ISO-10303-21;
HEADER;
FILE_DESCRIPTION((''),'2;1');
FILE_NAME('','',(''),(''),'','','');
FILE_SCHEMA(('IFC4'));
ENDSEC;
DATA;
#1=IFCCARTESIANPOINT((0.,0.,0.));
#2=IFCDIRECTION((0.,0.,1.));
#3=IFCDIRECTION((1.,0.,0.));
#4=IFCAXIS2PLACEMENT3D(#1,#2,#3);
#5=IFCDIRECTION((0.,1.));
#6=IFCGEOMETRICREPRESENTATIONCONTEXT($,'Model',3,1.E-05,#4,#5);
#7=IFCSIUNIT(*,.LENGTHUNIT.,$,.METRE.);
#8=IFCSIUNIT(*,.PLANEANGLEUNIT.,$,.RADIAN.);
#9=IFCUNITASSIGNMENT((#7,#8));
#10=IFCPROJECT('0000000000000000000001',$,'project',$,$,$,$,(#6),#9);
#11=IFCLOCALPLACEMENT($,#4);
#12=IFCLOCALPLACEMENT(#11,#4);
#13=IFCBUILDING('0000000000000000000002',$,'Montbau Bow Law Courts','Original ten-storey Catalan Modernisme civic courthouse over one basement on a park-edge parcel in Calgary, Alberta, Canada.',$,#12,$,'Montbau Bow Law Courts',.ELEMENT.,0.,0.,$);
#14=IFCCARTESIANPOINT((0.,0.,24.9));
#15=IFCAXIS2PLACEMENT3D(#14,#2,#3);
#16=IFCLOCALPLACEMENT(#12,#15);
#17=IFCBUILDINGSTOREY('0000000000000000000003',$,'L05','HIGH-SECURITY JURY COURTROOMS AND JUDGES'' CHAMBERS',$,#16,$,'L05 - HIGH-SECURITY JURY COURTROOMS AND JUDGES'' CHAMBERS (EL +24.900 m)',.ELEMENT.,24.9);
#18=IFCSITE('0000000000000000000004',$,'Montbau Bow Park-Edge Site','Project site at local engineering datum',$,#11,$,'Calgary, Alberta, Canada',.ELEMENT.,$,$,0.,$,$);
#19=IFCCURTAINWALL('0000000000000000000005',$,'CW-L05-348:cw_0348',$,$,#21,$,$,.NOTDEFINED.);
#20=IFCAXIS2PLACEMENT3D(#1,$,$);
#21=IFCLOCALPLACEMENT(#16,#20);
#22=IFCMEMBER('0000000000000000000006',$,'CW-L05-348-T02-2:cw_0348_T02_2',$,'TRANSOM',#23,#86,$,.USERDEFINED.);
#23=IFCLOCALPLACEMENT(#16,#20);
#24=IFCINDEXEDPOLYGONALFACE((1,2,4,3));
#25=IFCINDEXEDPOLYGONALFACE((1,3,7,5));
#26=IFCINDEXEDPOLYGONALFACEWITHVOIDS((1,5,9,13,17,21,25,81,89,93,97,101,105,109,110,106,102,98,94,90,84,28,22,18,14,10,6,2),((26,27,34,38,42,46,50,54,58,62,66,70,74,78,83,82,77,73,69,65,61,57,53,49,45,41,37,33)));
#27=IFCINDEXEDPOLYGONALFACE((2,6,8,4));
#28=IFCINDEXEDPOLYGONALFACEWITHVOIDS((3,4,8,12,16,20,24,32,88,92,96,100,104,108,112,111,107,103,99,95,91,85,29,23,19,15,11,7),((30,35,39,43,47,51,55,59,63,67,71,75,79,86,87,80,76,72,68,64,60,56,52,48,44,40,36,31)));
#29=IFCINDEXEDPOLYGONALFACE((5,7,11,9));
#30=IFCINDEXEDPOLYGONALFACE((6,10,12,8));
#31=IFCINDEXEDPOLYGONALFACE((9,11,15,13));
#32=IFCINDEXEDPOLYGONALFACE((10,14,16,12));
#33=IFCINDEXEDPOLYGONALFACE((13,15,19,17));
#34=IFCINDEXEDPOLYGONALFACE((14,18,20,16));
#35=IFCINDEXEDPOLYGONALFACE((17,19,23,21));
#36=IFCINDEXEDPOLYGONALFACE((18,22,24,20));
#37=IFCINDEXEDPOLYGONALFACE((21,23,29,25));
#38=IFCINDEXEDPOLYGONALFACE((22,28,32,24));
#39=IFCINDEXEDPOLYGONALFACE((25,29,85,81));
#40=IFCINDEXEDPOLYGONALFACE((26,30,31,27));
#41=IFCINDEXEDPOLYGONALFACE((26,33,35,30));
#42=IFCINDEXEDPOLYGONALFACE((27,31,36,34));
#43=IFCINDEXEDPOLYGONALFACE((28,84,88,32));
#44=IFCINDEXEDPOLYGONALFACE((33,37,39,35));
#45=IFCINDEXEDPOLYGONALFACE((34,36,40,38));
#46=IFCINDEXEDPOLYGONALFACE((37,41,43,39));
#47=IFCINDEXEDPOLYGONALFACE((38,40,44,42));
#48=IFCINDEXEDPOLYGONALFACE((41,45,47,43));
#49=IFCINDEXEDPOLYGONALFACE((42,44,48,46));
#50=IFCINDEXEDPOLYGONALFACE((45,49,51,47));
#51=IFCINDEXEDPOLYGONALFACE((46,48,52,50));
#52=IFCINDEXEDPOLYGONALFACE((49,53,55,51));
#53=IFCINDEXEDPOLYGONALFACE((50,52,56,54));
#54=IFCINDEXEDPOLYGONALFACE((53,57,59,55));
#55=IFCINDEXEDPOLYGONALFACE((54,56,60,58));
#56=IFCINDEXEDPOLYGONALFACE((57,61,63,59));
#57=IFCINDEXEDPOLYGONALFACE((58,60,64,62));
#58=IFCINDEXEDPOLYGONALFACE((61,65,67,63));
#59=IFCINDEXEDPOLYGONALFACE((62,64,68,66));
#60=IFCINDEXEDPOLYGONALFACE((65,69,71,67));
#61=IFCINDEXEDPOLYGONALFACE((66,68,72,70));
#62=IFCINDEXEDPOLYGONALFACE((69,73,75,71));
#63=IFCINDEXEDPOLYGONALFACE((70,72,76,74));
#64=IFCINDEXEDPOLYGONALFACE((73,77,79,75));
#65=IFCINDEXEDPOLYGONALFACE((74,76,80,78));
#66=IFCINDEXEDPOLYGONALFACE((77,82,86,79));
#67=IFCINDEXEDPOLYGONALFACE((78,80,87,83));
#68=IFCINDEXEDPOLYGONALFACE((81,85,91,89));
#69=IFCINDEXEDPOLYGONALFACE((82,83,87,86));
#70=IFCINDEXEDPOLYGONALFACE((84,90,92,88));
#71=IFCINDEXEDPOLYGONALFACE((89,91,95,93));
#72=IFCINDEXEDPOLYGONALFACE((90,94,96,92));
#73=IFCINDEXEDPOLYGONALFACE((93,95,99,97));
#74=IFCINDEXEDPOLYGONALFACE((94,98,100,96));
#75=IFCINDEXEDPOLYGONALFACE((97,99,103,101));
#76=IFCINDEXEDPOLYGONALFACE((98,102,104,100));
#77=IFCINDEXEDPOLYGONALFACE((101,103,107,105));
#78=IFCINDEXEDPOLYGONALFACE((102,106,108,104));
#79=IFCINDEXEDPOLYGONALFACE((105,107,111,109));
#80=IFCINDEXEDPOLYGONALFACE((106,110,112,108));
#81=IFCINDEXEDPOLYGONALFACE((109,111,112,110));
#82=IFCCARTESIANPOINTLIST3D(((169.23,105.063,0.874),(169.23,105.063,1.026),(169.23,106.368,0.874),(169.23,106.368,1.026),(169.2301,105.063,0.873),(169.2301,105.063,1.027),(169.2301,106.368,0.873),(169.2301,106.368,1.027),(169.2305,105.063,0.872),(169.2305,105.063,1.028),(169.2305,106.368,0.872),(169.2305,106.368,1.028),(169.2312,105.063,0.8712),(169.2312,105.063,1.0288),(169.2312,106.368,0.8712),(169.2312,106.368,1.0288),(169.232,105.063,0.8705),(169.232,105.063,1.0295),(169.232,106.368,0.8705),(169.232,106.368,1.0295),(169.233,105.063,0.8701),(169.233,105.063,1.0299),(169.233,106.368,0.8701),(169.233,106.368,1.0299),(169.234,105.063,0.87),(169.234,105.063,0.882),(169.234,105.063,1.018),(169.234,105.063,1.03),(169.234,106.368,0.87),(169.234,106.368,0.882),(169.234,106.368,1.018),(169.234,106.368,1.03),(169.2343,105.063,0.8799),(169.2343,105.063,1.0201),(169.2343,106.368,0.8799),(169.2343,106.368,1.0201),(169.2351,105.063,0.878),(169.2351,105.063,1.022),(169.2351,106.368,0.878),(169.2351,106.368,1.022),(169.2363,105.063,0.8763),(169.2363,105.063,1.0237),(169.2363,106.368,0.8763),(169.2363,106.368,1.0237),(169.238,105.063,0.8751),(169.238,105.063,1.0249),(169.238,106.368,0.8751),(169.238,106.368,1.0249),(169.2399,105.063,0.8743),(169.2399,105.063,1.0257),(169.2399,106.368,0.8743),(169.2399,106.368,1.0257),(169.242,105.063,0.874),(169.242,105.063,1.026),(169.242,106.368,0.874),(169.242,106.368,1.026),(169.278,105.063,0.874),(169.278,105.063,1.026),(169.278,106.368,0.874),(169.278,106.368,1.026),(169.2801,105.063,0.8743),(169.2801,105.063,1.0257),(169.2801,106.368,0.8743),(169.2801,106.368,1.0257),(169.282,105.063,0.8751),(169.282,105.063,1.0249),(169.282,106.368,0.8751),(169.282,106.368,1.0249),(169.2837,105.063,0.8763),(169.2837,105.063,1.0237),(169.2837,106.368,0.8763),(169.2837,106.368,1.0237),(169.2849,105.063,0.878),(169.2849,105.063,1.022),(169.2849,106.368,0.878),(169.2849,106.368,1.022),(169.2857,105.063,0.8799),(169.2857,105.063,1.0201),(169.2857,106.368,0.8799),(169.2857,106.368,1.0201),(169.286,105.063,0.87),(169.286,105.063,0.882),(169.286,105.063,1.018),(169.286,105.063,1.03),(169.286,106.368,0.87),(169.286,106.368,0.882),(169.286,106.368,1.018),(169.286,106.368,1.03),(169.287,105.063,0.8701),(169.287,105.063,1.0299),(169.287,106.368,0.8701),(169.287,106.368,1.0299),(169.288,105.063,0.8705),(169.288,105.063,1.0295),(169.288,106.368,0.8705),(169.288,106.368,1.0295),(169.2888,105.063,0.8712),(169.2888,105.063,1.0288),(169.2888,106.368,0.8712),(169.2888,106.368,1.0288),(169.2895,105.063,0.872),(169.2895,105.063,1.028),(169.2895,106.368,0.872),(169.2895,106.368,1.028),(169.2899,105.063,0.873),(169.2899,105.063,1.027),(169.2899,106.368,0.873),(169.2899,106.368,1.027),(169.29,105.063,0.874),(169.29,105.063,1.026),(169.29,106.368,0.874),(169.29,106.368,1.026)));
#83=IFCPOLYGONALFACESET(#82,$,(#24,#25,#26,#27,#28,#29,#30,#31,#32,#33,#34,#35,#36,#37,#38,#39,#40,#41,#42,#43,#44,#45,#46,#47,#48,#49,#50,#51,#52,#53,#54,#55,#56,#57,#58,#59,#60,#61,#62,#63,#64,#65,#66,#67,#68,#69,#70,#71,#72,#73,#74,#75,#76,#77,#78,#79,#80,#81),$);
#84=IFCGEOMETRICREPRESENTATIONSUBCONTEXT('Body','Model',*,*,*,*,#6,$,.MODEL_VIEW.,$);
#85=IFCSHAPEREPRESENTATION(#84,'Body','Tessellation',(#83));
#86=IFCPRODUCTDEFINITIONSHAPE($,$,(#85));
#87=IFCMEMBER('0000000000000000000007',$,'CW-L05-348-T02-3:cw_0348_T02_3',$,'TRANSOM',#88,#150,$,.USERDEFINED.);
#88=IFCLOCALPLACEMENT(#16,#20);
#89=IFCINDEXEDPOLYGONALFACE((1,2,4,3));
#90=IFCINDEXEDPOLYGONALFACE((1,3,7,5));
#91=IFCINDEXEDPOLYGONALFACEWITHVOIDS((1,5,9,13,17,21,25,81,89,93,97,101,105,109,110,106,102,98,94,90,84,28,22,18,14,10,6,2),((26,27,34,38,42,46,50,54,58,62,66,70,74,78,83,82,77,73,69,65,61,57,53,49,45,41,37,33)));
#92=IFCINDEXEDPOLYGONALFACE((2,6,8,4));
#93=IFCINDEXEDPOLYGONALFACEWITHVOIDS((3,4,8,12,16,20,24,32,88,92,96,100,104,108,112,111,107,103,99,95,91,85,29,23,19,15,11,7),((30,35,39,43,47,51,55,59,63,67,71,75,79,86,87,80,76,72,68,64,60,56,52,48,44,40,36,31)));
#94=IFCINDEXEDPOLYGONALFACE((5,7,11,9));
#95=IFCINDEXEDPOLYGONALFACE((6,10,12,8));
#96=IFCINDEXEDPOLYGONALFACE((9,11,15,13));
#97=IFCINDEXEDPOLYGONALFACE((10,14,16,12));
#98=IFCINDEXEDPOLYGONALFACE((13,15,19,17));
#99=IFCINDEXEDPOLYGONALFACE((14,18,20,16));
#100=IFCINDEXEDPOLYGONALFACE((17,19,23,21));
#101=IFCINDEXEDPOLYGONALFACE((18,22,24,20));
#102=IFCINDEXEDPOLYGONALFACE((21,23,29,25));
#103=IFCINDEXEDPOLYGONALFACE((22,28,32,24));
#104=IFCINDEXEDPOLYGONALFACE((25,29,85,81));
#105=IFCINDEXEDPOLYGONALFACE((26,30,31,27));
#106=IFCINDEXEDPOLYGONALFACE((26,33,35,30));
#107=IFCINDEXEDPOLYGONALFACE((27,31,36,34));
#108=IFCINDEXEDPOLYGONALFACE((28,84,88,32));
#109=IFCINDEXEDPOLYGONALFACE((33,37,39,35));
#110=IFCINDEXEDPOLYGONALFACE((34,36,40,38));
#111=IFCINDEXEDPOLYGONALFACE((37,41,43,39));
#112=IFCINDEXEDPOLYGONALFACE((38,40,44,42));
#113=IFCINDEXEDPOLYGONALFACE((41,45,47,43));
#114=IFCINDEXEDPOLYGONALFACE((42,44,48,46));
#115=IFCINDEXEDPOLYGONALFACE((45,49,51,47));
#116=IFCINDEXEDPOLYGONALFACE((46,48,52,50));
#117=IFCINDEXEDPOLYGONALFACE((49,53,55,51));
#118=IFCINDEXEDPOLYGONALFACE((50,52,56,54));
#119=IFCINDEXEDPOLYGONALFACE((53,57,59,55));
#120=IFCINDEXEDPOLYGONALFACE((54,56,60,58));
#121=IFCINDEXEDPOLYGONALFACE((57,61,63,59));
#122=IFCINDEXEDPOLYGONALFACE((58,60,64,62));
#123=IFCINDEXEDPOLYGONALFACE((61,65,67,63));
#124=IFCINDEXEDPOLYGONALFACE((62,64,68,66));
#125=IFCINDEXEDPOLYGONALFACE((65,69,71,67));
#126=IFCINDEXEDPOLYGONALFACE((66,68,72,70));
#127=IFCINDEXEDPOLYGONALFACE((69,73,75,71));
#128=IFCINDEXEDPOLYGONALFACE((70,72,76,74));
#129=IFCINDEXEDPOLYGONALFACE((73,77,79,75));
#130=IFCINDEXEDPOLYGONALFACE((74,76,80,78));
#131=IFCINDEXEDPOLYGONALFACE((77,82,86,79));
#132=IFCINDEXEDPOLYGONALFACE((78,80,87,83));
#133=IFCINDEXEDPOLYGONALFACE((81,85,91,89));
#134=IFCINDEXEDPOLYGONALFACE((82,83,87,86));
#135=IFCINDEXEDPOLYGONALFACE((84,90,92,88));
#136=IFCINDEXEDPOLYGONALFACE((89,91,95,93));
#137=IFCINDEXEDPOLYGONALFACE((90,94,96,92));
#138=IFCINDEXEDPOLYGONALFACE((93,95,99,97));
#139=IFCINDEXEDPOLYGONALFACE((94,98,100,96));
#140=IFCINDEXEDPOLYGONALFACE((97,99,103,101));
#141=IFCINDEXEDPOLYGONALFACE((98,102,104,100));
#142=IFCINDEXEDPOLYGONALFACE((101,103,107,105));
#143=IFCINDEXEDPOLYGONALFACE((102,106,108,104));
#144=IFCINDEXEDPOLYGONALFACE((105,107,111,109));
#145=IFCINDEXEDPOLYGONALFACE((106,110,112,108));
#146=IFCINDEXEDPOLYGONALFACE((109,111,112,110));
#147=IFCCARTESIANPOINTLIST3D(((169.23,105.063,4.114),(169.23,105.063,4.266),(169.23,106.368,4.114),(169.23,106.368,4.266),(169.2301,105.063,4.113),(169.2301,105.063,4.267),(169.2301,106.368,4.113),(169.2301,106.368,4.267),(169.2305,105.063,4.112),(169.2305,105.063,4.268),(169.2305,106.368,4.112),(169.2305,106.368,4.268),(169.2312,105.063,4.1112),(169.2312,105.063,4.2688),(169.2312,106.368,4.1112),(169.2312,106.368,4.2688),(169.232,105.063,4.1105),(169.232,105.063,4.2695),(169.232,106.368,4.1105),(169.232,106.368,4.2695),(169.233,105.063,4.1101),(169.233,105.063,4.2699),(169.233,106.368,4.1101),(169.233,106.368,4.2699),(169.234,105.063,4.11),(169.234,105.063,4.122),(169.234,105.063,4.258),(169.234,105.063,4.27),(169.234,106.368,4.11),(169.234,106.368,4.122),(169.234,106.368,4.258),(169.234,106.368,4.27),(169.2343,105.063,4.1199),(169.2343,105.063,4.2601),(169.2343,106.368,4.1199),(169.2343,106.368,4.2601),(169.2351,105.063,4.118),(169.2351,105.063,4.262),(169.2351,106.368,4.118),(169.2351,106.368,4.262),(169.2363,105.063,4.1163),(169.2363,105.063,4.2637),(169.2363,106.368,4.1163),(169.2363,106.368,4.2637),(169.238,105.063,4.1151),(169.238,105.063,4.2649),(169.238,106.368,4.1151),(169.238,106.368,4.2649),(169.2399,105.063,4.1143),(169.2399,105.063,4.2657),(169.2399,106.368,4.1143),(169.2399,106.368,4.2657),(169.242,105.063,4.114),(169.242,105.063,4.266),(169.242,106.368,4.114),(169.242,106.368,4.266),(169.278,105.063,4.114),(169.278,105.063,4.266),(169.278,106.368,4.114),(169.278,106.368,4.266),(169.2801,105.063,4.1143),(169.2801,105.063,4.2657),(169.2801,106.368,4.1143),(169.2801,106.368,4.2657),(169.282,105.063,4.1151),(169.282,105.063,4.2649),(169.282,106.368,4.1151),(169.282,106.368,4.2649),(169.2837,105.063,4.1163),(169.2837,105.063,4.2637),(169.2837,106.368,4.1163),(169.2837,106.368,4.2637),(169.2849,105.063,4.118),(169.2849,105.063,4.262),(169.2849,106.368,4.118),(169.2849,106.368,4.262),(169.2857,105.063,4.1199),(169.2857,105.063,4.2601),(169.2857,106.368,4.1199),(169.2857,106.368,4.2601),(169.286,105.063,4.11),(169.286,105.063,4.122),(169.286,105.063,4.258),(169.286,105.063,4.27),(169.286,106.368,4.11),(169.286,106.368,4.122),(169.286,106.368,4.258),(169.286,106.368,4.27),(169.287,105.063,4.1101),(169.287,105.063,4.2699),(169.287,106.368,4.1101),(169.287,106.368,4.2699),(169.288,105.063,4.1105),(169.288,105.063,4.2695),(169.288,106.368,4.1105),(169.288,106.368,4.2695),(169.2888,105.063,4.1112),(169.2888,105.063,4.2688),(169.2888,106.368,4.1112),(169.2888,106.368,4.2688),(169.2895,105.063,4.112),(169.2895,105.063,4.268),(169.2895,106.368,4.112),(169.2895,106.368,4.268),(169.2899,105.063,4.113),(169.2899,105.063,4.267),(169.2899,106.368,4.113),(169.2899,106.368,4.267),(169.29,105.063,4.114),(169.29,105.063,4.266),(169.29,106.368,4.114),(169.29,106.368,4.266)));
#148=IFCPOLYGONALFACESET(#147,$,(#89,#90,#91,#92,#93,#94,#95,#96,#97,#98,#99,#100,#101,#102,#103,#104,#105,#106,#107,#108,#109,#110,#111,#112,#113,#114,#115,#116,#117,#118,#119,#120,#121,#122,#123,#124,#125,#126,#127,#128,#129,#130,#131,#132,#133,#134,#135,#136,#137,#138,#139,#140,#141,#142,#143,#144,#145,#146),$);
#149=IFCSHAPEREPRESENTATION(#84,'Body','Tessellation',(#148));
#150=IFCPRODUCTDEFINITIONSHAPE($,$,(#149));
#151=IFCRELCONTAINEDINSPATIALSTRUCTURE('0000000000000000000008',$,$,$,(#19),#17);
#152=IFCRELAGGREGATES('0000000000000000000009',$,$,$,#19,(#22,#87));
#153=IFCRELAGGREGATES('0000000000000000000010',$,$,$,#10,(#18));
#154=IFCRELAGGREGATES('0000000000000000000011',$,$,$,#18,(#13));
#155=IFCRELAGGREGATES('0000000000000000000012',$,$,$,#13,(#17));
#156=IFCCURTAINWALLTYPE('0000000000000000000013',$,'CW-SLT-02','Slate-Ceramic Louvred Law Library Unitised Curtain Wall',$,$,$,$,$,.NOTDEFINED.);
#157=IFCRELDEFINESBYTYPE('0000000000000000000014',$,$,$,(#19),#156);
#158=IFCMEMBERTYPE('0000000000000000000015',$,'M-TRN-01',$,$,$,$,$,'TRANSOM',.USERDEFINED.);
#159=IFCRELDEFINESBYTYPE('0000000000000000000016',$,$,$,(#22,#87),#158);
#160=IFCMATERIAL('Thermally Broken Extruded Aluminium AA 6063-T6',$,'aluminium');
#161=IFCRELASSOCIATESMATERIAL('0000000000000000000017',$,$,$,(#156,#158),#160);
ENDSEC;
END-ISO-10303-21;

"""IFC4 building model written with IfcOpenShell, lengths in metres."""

from ifc_helpers import new_model, si_unit, direction, frame, origin_with_axes, origin_2d_with_axis, place, context, subcontext, project, spatial, hollow_rectangle, extrude, material, material_profile, profile_set, type_object, element, aggregate, save


model = new_model("IFC4")

# Units and contexts
model_context = context("Model", 3, precision=1e-05, world=origin_with_axes(), true_north=direction((0.0, 1.0)))
body_context = subcontext(model_context, "Body", "Model", "MODEL_VIEW")
ifc_project = project(units=[si_unit("LENGTHUNIT", "METRE"), si_unit("PLANEANGLEUNIT", "RADIAN")], contexts=[model_context])

# Site, building, storey
site_placement = place(None, origin_with_axes())
site = spatial("IfcSite", under=ifc_project, at=site_placement, Name="Montbau Bow Park-Edge Site", Description="Project site at local engineering datum", LongName="Calgary, Alberta, Canada", CompositionType="ELEMENT", RefElevation=0.0)
building_placement = place(site_placement, origin_with_axes())
building = spatial("IfcBuilding", under=site, at=building_placement, Name="Montbau Bow Law Courts", Description="Original ten-storey Catalan Modernisme civic courthouse over one basement on a park-edge parcel in Calgary, Alberta, Canada.", LongName="Montbau Bow Law Courts", CompositionType="ELEMENT", ElevationOfRefHeight=0.0, ElevationOfTerrain=0.0)
storey_placement = place(building_placement, frame((0.0, 0.0, 24.9), z_axis=(0.0, 0.0, 1.0), x_axis=(1.0, 0.0, 0.0)))
storey = spatial("IfcBuildingStorey", under=building, at=storey_placement, Name="L05", Description="HIGH-SECURITY JURY COURTROOMS AND JUDGES' CHAMBERS", LongName="L05 - HIGH-SECURITY JURY COURTROOMS AND JUDGES' CHAMBERS (EL +24.900 m)", CompositionType="ELEMENT", Elevation=24.9)

# Curtain wall
ifc_material_1 = material(Name="Thermally Broken Extruded Aluminium AA 6063-T6", Category="aluminium")
curtain_wall_type = type_object("IfcCurtainWallType", Name="CW-SLT-02", Description="Slate-Ceramic Louvred Law Library Unitised Curtain Wall", PredefinedType="NOTDEFINED", material=ifc_material_1)
curtain_wall_1_placement = place(None, frame((169.26, 103.64, 24.9), z_axis=(0.0, 0.0, 1.0), x_axis=(1.0, 0.0, 0.0)))
curtain_wall_1 = element("IfcCurtainWall", 1, at=curtain_wall_1_placement, inside=storey, type_object=curtain_wall_type, Name="CW-L05-348:cw_0348", PredefinedType="NOTDEFINED")

# Members
ifc_material_profile_1 = material_profile(ifc_material_1, hollow_rectangle(XDim=0.06, YDim=0.16, WallThickness=0.004, InnerFilletRadius=0.008, OuterFilletRadius=0.004, at=origin_2d_with_axis()), Name="CWT-160X60", Category="Main", Priority=0)
ifc_profile_set_1 = profile_set([ifc_material_profile_1], Name="Thermally Broken Extruded Aluminium AA 6063-T6")
member_type_1 = type_object("IfcMemberType", Name="M-TRN-01", ElementType="TRANSOM", PredefinedType="USERDEFINED", material=ifc_profile_set_1)
member_1_placement = place(None, frame((169.26, 105.063, 25.85), z_axis=(0.0, 1.0, 0.0), x_axis=(-1.0, 0.0, 0.0)))
member_1 = element("IfcMember", 2, at=member_1_placement, type_object=member_type_1, Name="CW-L05-348-T02-2:cw_0348_T02_2", ObjectType="TRANSOM", PredefinedType="USERDEFINED", context=body_context, shape_type="SweptSolid", body=[
    extrude(hollow_rectangle(XDim=0.06, YDim=0.16, WallThickness=0.004, InnerFilletRadius=0.008, OuterFilletRadius=0.004, at=origin_2d_with_axis()), origin_with_axes(), (0.0, 0.0, 1.0), 1.305),
])
member_2_placement = place(None, frame((169.26, 105.063, 29.09), z_axis=(0.0, 1.0, 0.0), x_axis=(-1.0, 0.0, 0.0)))
member_2 = element("IfcMember", 3, at=member_2_placement, type_object=member_type_1, Name="CW-L05-348-T02-3:cw_0348_T02_3", ObjectType="TRANSOM", PredefinedType="USERDEFINED", context=body_context, shape_type="SweptSolid", body=[
    extrude(hollow_rectangle(XDim=0.06, YDim=0.16, WallThickness=0.004, InnerFilletRadius=0.008, OuterFilletRadius=0.004, at=origin_2d_with_axis()), origin_with_axes(), (0.0, 0.0, 1.0), 1.305),
])

aggregate(curtain_wall_1, [member_1, member_2])

save(model, "model.ifc")
